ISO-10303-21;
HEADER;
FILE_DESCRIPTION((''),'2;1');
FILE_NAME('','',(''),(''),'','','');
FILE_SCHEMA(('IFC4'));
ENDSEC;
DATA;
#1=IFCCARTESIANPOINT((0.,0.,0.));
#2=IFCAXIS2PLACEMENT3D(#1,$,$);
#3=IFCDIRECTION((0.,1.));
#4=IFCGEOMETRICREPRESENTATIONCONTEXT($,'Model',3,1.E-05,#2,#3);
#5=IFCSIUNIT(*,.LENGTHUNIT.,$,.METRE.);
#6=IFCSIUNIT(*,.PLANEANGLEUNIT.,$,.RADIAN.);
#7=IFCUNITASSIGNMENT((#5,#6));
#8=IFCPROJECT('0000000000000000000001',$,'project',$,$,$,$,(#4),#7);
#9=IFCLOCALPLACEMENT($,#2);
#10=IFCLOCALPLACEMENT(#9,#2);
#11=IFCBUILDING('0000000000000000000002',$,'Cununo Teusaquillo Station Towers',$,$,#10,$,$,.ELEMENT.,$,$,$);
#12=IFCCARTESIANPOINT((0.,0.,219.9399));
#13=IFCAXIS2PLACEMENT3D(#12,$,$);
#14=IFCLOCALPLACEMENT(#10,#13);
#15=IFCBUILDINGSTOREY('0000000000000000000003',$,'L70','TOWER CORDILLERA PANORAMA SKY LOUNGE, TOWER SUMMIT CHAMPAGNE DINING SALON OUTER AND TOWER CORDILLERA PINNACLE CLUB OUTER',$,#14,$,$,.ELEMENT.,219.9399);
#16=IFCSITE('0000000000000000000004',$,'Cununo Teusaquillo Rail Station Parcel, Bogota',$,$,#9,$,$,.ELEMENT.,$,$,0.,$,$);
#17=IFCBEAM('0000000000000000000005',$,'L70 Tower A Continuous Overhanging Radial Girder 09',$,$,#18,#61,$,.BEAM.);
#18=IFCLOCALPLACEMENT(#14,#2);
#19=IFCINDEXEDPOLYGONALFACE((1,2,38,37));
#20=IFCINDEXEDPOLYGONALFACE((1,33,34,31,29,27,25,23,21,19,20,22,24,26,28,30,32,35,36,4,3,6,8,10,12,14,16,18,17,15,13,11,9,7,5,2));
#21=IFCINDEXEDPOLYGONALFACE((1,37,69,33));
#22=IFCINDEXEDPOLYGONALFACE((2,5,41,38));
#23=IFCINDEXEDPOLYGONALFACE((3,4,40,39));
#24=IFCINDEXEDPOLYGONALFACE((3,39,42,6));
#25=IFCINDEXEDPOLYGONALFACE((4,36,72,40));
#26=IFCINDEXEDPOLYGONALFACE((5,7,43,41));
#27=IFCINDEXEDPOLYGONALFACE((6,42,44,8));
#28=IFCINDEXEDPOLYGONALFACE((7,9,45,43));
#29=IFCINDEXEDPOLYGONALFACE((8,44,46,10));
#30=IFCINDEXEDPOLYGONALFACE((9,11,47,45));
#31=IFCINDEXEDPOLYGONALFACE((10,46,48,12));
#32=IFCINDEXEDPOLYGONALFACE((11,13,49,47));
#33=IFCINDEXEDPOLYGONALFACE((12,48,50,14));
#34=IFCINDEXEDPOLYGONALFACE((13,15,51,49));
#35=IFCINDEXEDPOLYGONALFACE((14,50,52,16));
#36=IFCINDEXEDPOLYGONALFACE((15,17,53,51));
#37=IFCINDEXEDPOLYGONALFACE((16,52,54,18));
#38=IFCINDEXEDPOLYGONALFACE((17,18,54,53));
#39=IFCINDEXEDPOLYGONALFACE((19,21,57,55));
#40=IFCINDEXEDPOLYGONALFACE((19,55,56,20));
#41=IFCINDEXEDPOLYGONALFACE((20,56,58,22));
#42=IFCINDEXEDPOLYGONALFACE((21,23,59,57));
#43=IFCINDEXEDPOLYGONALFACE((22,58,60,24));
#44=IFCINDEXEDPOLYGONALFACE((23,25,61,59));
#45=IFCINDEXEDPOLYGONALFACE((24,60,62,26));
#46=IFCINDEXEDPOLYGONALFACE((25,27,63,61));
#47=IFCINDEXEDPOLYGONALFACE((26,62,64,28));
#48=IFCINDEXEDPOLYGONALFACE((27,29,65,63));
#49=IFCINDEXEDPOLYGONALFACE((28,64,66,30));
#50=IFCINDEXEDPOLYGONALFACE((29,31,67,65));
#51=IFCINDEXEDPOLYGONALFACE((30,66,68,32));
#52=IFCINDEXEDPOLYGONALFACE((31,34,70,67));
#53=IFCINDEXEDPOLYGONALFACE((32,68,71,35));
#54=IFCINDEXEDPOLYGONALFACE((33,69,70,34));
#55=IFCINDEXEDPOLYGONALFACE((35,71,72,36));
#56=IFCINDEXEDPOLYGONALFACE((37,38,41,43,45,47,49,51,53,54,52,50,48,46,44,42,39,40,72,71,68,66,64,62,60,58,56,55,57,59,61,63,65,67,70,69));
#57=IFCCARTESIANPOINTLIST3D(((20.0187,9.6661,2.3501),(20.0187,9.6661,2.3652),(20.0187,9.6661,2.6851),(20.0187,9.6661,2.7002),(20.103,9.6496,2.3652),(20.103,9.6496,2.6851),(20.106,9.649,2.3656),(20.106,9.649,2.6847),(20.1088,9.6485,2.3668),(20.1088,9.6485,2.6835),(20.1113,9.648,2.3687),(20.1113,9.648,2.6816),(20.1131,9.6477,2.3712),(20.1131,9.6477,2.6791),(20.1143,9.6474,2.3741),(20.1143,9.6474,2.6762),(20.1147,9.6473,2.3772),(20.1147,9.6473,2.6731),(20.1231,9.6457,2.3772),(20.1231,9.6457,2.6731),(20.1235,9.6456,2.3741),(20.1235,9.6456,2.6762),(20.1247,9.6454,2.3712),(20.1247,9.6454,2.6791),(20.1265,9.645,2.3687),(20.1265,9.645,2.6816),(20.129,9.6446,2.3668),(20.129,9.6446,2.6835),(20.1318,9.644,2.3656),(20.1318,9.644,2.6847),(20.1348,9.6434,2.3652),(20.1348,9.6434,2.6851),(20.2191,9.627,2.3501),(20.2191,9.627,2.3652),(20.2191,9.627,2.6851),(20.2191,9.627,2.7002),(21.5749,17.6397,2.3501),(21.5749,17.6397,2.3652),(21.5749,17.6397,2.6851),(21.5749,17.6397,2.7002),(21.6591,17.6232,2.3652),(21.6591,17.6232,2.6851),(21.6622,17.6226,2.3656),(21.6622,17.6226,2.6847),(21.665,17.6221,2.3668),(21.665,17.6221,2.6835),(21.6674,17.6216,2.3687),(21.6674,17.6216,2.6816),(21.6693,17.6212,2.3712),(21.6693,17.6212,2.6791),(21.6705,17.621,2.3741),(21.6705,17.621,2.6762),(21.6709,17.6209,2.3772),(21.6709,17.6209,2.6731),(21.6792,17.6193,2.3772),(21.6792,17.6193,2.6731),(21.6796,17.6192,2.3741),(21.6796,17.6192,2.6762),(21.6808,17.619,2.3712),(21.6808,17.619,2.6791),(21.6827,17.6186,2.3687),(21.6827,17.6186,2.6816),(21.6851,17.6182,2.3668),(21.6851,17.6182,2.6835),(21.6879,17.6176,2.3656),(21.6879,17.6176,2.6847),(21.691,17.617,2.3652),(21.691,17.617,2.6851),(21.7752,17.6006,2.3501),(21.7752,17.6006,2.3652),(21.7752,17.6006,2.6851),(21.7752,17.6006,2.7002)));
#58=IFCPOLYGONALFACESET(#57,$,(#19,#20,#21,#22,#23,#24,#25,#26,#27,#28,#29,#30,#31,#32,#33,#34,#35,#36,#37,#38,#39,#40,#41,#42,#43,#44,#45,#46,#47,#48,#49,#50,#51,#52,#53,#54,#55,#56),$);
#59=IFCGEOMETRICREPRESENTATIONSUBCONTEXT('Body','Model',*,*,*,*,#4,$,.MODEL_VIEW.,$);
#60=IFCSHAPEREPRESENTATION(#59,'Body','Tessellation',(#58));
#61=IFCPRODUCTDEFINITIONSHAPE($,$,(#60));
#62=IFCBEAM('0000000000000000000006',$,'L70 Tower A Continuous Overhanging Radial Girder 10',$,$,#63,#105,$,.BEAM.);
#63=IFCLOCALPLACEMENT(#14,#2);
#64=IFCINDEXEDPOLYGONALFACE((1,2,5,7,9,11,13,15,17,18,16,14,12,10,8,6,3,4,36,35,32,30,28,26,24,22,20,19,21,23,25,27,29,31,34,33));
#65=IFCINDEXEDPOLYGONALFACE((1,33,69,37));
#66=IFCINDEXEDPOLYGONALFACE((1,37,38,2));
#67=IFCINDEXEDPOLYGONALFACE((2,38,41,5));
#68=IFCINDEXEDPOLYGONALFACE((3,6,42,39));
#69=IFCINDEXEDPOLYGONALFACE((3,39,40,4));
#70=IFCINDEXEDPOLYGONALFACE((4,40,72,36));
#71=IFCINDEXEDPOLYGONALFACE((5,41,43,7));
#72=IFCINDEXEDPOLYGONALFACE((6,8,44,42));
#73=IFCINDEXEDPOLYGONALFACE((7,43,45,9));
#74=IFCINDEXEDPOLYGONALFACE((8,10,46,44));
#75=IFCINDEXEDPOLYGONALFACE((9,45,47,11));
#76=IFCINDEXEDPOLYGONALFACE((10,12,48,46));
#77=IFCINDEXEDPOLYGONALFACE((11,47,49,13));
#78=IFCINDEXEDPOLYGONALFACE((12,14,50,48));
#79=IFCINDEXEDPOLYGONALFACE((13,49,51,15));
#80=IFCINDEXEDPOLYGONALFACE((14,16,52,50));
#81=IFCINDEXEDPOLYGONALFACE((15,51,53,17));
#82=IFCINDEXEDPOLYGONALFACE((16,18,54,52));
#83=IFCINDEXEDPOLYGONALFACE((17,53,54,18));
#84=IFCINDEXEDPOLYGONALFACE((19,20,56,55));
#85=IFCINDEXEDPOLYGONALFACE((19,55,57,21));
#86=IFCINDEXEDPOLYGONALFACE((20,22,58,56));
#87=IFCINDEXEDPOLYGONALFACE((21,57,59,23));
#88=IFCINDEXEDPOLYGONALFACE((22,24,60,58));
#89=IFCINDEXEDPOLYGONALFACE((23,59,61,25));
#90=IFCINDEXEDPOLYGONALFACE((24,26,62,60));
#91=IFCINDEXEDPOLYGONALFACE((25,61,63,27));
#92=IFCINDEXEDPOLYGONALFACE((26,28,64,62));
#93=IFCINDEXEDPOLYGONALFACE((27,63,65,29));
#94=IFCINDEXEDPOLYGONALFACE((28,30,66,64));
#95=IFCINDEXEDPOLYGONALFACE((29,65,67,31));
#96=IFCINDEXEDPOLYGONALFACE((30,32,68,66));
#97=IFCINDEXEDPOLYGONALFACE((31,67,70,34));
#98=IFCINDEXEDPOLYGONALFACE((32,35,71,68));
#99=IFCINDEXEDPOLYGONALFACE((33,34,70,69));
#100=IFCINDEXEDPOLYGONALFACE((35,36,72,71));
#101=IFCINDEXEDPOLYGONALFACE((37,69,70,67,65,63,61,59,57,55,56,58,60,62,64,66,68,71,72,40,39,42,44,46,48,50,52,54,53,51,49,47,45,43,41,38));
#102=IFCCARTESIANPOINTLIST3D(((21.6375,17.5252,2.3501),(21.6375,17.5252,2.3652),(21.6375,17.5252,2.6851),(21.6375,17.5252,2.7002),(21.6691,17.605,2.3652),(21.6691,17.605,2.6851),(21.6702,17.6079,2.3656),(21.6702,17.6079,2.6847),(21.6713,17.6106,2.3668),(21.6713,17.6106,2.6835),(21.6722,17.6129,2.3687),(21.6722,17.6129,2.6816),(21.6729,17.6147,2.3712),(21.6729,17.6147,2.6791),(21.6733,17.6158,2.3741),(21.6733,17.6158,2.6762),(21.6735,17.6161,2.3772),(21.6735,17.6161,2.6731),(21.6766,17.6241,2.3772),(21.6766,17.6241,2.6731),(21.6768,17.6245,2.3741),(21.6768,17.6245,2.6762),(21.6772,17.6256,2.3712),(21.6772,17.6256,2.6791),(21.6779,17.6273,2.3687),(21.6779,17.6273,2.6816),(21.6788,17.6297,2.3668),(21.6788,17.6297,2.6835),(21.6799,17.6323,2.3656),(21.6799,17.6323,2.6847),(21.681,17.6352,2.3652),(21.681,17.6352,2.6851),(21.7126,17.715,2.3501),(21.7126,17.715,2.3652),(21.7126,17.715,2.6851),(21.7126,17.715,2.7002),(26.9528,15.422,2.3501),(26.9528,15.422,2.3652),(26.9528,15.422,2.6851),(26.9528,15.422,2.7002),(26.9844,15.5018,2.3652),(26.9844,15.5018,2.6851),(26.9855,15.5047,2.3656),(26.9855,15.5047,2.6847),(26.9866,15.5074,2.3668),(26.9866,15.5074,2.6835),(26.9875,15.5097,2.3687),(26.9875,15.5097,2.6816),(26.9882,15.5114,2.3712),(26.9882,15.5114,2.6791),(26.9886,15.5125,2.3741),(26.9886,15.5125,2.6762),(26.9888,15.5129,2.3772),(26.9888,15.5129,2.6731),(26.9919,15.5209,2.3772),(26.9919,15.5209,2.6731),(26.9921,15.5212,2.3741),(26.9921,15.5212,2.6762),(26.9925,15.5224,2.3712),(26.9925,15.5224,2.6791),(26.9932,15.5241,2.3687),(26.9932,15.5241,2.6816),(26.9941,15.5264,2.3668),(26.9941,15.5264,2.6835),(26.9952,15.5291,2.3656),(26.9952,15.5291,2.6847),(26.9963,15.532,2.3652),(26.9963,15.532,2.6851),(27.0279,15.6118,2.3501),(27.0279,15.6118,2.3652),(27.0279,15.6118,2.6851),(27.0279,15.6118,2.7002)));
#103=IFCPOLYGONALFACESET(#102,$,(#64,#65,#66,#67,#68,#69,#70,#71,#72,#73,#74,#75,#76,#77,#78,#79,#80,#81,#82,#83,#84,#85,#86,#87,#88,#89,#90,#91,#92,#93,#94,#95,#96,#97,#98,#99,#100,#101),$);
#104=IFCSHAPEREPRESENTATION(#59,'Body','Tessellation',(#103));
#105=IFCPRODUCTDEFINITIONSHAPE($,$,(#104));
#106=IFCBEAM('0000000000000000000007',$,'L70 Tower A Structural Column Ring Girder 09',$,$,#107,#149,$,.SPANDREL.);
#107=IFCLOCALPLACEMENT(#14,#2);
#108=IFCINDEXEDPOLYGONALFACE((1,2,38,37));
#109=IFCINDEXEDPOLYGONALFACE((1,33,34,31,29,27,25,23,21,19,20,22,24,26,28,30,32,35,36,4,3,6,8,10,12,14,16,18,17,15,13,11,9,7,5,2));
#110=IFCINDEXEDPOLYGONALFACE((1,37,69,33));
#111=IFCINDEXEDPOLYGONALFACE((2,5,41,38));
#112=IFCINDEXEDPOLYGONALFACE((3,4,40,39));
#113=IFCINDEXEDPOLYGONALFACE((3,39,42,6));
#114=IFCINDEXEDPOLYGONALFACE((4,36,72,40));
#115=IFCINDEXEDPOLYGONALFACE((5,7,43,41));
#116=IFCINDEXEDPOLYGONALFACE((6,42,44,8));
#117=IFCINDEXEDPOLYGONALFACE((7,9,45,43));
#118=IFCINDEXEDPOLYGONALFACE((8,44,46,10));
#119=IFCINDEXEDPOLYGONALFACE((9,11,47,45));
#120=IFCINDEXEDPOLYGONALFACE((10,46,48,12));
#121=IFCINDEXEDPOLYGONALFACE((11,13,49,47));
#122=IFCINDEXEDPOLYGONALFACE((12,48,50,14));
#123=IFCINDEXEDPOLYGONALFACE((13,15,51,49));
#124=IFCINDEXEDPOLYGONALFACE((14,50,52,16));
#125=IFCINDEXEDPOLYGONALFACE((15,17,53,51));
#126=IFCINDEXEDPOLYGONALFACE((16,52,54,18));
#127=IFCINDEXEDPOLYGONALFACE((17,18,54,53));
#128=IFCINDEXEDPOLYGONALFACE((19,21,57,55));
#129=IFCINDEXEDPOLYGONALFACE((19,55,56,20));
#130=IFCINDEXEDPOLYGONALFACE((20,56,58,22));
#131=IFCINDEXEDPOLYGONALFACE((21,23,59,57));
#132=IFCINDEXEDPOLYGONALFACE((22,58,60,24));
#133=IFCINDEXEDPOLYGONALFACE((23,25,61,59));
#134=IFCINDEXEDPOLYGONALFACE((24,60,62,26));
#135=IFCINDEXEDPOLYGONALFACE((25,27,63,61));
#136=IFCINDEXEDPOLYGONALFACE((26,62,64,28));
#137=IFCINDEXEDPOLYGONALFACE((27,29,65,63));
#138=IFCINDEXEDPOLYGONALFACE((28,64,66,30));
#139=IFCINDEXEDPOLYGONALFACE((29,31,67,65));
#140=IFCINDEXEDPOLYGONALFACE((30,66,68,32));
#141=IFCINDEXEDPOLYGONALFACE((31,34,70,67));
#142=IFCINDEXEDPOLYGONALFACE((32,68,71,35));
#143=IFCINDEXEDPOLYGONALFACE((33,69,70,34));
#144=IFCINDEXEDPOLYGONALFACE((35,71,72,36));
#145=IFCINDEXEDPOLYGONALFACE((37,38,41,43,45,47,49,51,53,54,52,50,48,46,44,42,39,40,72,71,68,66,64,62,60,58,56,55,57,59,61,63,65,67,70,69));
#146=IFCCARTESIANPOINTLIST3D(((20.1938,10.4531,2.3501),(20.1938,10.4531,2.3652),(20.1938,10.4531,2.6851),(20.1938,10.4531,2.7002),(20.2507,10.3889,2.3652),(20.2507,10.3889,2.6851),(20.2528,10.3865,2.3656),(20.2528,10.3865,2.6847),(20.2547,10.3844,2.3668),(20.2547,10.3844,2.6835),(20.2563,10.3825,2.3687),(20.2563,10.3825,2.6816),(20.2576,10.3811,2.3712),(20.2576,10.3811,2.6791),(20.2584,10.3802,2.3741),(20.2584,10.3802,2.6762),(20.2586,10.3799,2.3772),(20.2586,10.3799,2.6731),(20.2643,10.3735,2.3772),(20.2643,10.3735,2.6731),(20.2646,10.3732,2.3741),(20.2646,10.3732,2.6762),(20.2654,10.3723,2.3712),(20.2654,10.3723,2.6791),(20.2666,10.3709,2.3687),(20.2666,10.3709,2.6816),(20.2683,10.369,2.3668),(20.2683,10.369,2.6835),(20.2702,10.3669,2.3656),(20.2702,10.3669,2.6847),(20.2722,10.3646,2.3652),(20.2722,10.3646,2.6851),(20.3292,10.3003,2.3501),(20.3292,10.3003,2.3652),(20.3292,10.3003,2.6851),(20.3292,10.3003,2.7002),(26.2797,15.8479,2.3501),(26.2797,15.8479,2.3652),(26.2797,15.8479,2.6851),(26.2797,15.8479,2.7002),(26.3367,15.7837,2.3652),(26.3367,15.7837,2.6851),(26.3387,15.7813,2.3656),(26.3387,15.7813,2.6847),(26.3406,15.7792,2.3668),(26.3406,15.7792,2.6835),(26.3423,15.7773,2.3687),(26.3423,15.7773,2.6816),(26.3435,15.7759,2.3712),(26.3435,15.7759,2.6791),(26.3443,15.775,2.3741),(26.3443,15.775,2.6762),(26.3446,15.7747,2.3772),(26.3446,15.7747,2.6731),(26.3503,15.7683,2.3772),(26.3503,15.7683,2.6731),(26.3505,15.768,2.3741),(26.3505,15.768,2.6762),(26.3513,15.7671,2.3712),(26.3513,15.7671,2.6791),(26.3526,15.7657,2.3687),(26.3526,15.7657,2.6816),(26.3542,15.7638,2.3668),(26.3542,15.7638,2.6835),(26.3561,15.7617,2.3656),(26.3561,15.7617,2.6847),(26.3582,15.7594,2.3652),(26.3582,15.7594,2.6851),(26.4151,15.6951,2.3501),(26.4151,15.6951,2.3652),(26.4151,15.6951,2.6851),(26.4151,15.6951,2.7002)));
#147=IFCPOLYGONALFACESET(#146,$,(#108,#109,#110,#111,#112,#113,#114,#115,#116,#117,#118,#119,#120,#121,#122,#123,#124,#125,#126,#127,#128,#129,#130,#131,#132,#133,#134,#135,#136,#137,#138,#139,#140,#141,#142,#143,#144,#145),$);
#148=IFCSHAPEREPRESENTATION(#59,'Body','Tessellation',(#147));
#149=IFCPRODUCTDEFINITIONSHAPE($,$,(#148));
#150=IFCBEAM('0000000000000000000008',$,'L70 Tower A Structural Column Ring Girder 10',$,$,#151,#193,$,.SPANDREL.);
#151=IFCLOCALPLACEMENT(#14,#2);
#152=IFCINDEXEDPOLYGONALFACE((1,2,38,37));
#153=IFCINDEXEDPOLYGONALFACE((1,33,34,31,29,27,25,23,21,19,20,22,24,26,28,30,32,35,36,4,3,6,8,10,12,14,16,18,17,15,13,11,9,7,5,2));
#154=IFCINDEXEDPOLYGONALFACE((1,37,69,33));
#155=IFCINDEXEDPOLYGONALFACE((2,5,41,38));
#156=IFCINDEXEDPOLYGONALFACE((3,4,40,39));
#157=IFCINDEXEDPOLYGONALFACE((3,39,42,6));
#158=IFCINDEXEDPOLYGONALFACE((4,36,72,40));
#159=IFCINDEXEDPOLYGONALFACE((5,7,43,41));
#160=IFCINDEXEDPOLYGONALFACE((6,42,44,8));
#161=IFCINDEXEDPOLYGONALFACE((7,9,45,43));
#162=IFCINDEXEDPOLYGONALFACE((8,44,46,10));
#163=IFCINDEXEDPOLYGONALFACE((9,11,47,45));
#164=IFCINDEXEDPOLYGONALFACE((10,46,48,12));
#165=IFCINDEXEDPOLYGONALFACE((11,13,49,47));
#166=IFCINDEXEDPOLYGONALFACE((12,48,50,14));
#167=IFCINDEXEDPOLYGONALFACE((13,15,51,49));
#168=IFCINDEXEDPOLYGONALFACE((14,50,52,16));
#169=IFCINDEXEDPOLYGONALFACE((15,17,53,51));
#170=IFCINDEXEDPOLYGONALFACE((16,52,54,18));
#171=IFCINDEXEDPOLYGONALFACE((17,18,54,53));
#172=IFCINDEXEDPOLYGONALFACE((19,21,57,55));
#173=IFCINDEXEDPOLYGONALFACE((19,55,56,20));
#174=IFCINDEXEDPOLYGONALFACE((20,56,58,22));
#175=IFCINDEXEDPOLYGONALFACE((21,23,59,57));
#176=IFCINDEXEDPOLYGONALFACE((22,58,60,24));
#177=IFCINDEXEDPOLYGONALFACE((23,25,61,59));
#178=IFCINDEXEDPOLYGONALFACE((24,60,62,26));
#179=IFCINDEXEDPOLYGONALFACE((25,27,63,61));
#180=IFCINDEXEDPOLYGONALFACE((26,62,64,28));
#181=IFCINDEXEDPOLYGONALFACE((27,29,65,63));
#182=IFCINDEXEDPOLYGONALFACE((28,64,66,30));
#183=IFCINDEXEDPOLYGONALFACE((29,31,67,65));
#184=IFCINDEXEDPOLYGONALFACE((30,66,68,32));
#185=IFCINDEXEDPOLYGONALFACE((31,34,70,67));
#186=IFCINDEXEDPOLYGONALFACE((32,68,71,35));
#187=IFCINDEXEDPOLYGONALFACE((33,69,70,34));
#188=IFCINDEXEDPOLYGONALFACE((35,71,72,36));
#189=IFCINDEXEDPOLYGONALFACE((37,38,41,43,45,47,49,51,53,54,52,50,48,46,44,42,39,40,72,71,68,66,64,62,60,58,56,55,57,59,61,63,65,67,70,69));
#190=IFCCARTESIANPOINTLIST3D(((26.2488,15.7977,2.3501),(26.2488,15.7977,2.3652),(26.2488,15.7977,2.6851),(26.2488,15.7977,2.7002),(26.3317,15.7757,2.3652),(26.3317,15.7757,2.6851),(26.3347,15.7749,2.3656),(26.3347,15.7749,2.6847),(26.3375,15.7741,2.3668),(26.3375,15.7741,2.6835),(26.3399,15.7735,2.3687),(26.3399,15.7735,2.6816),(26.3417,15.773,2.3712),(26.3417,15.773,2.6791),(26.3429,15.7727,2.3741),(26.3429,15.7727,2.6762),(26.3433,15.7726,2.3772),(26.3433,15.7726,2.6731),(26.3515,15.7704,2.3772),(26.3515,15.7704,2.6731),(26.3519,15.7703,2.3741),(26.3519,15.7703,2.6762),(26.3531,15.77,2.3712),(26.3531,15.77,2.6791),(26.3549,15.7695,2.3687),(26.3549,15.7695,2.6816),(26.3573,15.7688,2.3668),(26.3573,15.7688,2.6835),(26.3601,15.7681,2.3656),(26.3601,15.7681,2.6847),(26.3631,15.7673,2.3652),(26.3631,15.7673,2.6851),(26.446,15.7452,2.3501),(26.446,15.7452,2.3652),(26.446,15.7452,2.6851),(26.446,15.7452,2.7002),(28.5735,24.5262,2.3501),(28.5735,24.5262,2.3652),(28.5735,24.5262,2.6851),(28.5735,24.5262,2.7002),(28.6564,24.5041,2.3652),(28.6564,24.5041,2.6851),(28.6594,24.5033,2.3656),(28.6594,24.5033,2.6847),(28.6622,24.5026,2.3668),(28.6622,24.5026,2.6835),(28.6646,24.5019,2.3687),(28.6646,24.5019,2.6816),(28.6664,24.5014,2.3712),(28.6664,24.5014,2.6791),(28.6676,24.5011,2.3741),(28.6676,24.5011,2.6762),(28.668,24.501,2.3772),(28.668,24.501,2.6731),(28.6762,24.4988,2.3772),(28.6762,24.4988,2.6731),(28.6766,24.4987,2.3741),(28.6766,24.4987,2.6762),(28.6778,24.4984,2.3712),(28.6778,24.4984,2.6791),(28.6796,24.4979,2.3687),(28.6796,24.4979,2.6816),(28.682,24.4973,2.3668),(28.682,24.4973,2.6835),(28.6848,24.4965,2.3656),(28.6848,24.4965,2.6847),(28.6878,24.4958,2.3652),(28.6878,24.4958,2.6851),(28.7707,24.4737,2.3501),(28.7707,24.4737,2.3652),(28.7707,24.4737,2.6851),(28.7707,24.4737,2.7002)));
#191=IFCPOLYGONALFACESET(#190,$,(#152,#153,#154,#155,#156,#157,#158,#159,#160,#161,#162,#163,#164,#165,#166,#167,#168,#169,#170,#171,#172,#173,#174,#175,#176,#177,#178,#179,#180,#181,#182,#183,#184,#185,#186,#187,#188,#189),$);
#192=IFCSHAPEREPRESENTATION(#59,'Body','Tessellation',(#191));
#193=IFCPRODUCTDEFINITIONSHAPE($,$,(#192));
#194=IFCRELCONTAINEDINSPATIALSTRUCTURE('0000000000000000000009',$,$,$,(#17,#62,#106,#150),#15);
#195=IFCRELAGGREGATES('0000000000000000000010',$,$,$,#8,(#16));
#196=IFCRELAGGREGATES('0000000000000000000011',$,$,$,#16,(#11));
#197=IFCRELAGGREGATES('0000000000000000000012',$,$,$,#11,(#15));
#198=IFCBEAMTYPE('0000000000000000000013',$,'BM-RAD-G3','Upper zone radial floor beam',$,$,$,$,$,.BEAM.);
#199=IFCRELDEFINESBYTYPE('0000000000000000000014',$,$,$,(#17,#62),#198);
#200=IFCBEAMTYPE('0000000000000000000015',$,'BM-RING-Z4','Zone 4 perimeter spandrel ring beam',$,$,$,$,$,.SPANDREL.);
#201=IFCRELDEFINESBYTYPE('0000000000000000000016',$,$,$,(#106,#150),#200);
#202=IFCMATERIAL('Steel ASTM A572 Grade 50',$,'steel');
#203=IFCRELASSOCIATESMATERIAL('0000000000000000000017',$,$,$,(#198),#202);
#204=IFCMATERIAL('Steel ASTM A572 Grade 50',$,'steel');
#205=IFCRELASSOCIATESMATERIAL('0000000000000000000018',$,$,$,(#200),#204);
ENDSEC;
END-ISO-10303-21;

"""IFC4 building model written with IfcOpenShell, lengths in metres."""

from ifc_helpers import new_model, si_unit, direction, frame, origin, origin_2d, place, context, subcontext, project, spatial, i_section, extrude, material, material_profile, profile_set, type_object, element, save


model = new_model("IFC4")

# Units and contexts
model_context = context("Model", 3, precision=1e-05, world=origin(), true_north=direction((0.0, 1.0)))
body_context = subcontext(model_context, "Body", "Model", "MODEL_VIEW")
ifc_project = project(units=[si_unit("LENGTHUNIT", "METRE"), si_unit("PLANEANGLEUNIT", "RADIAN")], contexts=[model_context])

# Site, building, storey
site_placement = place(None, origin())
site = spatial("IfcSite", under=ifc_project, at=site_placement, Name="Cununo Teusaquillo Rail Station Parcel, Bogota", CompositionType="ELEMENT", RefElevation=0.0)
building_placement = place(site_placement, origin())
building = spatial("IfcBuilding", under=site, at=building_placement, Name="Cununo Teusaquillo Station Towers", CompositionType="ELEMENT")
storey_placement = place(building_placement, frame((0.0, 0.0, 219.9399)))
storey = spatial("IfcBuildingStorey", under=building, at=storey_placement, Name="L70", Description="TOWER CORDILLERA PANORAMA SKY LOUNGE, TOWER SUMMIT CHAMPAGNE DINING SALON OUTER AND TOWER CORDILLERA PINNACLE CLUB OUTER", CompositionType="ELEMENT", Elevation=219.9399)

# Beams
ifc_material_1 = material(Name="Steel ASTM A572 Grade 50", Category="steel")
ifc_material_profile_1 = material_profile(ifc_material_1, i_section(OverallWidth=0.2041, OverallDepth=0.3501, WebThickness=0.0085, FlangeThickness=0.0151, FilletRadius=0.012, at=origin_2d()), Name="W14X48")
ifc_profile_set_1 = profile_set([ifc_material_profile_1], Name="Steel ASTM A572 Grade 50")
beam_type_1 = type_object("IfcBeamType", Name="BM-RAD-G3", Description="Upper zone radial floor beam", PredefinedType="BEAM", material=ifc_profile_set_1)
beam_1_placement = place(storey_placement, frame((21.675, 17.6201, 2.5251), z_axis=(-0.191548, -0.981483, 0.0), x_axis=(0.981483, -0.191548, 0.0)))
element("IfcBeam", 1, at=beam_1_placement, inside=storey, type_object=beam_type_1, Name="L70 Tower A Continuous Overhanging Radial Girder 09", PredefinedType="BEAM", context=body_context, shape_type="SweptSolid", body=[
    extrude(i_section(OverallWidth=0.2041, OverallDepth=0.3501, WebThickness=0.0085, FlangeThickness=0.0151, FilletRadius=0.012, at=origin_2d()), origin(), (0.0, 0.0, 1.0), 8.124),
])
beam_2_placement = place(storey_placement, frame((21.675, 17.6201, 2.5251), z_axis=(0.929852, -0.367935, 0.0), x_axis=(0.367935, 0.929852, 0.0)))
element("IfcBeam", 2, at=beam_2_placement, inside=storey, type_object=beam_type_1, Name="L70 Tower A Continuous Overhanging Radial Girder 10", PredefinedType="BEAM", context=body_context, shape_type="SweptSolid", body=[
    extrude(i_section(OverallWidth=0.2041, OverallDepth=0.3501, WebThickness=0.0085, FlangeThickness=0.0151, FilletRadius=0.012, at=origin_2d()), origin(), (0.0, 0.0, 1.0), 5.7163),
])
ifc_material_2 = material(Name="Steel ASTM A572 Grade 50", Category="steel")
ifc_material_profile_2 = material_profile(ifc_material_2, i_section(OverallWidth=0.2041, OverallDepth=0.3501, WebThickness=0.0085, FlangeThickness=0.0151, FilletRadius=0.012, at=origin_2d()), Name="W14X48")
ifc_profile_set_2 = profile_set([ifc_material_profile_2], Name="Steel ASTM A572 Grade 50")
beam_type_2 = type_object("IfcBeamType", Name="BM-RING-Z4", Description="Zone 4 perimeter spandrel ring beam", PredefinedType="SPANDREL", material=ifc_profile_set_2)
beam_3_placement = place(storey_placement, frame((20.2615, 10.3767, 2.5251), z_axis=(0.748321, 0.663337, 0.0), x_axis=(-0.663337, 0.748321, 0.0)))
element("IfcBeam", 3, at=beam_3_placement, inside=storey, type_object=beam_type_2, Name="L70 Tower A Structural Column Ring Girder 09", PredefinedType="SPANDREL", context=body_context, shape_type="SweptSolid", body=[
    extrude(i_section(OverallWidth=0.2041, OverallDepth=0.3501, WebThickness=0.0085, FlangeThickness=0.0151, FilletRadius=0.012, at=origin_2d()), origin(), (0.0, 0.0, 1.0), 8.1328),
])
beam_4_placement = place(storey_placement, frame((26.3474, 15.7715, 2.5251), z_axis=(0.257363, 0.966315, 0.0), x_axis=(-0.966315, 0.257363, 0.0)))
element("IfcBeam", 4, at=beam_4_placement, inside=storey, type_object=beam_type_2, Name="L70 Tower A Structural Column Ring Girder 10", PredefinedType="SPANDREL", context=body_context, shape_type="SweptSolid", body=[
    extrude(i_section(OverallWidth=0.2041, OverallDepth=0.3501, WebThickness=0.0085, FlangeThickness=0.0151, FilletRadius=0.012, at=origin_2d()), origin(), (0.0, 0.0, 1.0), 9.0327),
])

save(model, "model.ifc")
